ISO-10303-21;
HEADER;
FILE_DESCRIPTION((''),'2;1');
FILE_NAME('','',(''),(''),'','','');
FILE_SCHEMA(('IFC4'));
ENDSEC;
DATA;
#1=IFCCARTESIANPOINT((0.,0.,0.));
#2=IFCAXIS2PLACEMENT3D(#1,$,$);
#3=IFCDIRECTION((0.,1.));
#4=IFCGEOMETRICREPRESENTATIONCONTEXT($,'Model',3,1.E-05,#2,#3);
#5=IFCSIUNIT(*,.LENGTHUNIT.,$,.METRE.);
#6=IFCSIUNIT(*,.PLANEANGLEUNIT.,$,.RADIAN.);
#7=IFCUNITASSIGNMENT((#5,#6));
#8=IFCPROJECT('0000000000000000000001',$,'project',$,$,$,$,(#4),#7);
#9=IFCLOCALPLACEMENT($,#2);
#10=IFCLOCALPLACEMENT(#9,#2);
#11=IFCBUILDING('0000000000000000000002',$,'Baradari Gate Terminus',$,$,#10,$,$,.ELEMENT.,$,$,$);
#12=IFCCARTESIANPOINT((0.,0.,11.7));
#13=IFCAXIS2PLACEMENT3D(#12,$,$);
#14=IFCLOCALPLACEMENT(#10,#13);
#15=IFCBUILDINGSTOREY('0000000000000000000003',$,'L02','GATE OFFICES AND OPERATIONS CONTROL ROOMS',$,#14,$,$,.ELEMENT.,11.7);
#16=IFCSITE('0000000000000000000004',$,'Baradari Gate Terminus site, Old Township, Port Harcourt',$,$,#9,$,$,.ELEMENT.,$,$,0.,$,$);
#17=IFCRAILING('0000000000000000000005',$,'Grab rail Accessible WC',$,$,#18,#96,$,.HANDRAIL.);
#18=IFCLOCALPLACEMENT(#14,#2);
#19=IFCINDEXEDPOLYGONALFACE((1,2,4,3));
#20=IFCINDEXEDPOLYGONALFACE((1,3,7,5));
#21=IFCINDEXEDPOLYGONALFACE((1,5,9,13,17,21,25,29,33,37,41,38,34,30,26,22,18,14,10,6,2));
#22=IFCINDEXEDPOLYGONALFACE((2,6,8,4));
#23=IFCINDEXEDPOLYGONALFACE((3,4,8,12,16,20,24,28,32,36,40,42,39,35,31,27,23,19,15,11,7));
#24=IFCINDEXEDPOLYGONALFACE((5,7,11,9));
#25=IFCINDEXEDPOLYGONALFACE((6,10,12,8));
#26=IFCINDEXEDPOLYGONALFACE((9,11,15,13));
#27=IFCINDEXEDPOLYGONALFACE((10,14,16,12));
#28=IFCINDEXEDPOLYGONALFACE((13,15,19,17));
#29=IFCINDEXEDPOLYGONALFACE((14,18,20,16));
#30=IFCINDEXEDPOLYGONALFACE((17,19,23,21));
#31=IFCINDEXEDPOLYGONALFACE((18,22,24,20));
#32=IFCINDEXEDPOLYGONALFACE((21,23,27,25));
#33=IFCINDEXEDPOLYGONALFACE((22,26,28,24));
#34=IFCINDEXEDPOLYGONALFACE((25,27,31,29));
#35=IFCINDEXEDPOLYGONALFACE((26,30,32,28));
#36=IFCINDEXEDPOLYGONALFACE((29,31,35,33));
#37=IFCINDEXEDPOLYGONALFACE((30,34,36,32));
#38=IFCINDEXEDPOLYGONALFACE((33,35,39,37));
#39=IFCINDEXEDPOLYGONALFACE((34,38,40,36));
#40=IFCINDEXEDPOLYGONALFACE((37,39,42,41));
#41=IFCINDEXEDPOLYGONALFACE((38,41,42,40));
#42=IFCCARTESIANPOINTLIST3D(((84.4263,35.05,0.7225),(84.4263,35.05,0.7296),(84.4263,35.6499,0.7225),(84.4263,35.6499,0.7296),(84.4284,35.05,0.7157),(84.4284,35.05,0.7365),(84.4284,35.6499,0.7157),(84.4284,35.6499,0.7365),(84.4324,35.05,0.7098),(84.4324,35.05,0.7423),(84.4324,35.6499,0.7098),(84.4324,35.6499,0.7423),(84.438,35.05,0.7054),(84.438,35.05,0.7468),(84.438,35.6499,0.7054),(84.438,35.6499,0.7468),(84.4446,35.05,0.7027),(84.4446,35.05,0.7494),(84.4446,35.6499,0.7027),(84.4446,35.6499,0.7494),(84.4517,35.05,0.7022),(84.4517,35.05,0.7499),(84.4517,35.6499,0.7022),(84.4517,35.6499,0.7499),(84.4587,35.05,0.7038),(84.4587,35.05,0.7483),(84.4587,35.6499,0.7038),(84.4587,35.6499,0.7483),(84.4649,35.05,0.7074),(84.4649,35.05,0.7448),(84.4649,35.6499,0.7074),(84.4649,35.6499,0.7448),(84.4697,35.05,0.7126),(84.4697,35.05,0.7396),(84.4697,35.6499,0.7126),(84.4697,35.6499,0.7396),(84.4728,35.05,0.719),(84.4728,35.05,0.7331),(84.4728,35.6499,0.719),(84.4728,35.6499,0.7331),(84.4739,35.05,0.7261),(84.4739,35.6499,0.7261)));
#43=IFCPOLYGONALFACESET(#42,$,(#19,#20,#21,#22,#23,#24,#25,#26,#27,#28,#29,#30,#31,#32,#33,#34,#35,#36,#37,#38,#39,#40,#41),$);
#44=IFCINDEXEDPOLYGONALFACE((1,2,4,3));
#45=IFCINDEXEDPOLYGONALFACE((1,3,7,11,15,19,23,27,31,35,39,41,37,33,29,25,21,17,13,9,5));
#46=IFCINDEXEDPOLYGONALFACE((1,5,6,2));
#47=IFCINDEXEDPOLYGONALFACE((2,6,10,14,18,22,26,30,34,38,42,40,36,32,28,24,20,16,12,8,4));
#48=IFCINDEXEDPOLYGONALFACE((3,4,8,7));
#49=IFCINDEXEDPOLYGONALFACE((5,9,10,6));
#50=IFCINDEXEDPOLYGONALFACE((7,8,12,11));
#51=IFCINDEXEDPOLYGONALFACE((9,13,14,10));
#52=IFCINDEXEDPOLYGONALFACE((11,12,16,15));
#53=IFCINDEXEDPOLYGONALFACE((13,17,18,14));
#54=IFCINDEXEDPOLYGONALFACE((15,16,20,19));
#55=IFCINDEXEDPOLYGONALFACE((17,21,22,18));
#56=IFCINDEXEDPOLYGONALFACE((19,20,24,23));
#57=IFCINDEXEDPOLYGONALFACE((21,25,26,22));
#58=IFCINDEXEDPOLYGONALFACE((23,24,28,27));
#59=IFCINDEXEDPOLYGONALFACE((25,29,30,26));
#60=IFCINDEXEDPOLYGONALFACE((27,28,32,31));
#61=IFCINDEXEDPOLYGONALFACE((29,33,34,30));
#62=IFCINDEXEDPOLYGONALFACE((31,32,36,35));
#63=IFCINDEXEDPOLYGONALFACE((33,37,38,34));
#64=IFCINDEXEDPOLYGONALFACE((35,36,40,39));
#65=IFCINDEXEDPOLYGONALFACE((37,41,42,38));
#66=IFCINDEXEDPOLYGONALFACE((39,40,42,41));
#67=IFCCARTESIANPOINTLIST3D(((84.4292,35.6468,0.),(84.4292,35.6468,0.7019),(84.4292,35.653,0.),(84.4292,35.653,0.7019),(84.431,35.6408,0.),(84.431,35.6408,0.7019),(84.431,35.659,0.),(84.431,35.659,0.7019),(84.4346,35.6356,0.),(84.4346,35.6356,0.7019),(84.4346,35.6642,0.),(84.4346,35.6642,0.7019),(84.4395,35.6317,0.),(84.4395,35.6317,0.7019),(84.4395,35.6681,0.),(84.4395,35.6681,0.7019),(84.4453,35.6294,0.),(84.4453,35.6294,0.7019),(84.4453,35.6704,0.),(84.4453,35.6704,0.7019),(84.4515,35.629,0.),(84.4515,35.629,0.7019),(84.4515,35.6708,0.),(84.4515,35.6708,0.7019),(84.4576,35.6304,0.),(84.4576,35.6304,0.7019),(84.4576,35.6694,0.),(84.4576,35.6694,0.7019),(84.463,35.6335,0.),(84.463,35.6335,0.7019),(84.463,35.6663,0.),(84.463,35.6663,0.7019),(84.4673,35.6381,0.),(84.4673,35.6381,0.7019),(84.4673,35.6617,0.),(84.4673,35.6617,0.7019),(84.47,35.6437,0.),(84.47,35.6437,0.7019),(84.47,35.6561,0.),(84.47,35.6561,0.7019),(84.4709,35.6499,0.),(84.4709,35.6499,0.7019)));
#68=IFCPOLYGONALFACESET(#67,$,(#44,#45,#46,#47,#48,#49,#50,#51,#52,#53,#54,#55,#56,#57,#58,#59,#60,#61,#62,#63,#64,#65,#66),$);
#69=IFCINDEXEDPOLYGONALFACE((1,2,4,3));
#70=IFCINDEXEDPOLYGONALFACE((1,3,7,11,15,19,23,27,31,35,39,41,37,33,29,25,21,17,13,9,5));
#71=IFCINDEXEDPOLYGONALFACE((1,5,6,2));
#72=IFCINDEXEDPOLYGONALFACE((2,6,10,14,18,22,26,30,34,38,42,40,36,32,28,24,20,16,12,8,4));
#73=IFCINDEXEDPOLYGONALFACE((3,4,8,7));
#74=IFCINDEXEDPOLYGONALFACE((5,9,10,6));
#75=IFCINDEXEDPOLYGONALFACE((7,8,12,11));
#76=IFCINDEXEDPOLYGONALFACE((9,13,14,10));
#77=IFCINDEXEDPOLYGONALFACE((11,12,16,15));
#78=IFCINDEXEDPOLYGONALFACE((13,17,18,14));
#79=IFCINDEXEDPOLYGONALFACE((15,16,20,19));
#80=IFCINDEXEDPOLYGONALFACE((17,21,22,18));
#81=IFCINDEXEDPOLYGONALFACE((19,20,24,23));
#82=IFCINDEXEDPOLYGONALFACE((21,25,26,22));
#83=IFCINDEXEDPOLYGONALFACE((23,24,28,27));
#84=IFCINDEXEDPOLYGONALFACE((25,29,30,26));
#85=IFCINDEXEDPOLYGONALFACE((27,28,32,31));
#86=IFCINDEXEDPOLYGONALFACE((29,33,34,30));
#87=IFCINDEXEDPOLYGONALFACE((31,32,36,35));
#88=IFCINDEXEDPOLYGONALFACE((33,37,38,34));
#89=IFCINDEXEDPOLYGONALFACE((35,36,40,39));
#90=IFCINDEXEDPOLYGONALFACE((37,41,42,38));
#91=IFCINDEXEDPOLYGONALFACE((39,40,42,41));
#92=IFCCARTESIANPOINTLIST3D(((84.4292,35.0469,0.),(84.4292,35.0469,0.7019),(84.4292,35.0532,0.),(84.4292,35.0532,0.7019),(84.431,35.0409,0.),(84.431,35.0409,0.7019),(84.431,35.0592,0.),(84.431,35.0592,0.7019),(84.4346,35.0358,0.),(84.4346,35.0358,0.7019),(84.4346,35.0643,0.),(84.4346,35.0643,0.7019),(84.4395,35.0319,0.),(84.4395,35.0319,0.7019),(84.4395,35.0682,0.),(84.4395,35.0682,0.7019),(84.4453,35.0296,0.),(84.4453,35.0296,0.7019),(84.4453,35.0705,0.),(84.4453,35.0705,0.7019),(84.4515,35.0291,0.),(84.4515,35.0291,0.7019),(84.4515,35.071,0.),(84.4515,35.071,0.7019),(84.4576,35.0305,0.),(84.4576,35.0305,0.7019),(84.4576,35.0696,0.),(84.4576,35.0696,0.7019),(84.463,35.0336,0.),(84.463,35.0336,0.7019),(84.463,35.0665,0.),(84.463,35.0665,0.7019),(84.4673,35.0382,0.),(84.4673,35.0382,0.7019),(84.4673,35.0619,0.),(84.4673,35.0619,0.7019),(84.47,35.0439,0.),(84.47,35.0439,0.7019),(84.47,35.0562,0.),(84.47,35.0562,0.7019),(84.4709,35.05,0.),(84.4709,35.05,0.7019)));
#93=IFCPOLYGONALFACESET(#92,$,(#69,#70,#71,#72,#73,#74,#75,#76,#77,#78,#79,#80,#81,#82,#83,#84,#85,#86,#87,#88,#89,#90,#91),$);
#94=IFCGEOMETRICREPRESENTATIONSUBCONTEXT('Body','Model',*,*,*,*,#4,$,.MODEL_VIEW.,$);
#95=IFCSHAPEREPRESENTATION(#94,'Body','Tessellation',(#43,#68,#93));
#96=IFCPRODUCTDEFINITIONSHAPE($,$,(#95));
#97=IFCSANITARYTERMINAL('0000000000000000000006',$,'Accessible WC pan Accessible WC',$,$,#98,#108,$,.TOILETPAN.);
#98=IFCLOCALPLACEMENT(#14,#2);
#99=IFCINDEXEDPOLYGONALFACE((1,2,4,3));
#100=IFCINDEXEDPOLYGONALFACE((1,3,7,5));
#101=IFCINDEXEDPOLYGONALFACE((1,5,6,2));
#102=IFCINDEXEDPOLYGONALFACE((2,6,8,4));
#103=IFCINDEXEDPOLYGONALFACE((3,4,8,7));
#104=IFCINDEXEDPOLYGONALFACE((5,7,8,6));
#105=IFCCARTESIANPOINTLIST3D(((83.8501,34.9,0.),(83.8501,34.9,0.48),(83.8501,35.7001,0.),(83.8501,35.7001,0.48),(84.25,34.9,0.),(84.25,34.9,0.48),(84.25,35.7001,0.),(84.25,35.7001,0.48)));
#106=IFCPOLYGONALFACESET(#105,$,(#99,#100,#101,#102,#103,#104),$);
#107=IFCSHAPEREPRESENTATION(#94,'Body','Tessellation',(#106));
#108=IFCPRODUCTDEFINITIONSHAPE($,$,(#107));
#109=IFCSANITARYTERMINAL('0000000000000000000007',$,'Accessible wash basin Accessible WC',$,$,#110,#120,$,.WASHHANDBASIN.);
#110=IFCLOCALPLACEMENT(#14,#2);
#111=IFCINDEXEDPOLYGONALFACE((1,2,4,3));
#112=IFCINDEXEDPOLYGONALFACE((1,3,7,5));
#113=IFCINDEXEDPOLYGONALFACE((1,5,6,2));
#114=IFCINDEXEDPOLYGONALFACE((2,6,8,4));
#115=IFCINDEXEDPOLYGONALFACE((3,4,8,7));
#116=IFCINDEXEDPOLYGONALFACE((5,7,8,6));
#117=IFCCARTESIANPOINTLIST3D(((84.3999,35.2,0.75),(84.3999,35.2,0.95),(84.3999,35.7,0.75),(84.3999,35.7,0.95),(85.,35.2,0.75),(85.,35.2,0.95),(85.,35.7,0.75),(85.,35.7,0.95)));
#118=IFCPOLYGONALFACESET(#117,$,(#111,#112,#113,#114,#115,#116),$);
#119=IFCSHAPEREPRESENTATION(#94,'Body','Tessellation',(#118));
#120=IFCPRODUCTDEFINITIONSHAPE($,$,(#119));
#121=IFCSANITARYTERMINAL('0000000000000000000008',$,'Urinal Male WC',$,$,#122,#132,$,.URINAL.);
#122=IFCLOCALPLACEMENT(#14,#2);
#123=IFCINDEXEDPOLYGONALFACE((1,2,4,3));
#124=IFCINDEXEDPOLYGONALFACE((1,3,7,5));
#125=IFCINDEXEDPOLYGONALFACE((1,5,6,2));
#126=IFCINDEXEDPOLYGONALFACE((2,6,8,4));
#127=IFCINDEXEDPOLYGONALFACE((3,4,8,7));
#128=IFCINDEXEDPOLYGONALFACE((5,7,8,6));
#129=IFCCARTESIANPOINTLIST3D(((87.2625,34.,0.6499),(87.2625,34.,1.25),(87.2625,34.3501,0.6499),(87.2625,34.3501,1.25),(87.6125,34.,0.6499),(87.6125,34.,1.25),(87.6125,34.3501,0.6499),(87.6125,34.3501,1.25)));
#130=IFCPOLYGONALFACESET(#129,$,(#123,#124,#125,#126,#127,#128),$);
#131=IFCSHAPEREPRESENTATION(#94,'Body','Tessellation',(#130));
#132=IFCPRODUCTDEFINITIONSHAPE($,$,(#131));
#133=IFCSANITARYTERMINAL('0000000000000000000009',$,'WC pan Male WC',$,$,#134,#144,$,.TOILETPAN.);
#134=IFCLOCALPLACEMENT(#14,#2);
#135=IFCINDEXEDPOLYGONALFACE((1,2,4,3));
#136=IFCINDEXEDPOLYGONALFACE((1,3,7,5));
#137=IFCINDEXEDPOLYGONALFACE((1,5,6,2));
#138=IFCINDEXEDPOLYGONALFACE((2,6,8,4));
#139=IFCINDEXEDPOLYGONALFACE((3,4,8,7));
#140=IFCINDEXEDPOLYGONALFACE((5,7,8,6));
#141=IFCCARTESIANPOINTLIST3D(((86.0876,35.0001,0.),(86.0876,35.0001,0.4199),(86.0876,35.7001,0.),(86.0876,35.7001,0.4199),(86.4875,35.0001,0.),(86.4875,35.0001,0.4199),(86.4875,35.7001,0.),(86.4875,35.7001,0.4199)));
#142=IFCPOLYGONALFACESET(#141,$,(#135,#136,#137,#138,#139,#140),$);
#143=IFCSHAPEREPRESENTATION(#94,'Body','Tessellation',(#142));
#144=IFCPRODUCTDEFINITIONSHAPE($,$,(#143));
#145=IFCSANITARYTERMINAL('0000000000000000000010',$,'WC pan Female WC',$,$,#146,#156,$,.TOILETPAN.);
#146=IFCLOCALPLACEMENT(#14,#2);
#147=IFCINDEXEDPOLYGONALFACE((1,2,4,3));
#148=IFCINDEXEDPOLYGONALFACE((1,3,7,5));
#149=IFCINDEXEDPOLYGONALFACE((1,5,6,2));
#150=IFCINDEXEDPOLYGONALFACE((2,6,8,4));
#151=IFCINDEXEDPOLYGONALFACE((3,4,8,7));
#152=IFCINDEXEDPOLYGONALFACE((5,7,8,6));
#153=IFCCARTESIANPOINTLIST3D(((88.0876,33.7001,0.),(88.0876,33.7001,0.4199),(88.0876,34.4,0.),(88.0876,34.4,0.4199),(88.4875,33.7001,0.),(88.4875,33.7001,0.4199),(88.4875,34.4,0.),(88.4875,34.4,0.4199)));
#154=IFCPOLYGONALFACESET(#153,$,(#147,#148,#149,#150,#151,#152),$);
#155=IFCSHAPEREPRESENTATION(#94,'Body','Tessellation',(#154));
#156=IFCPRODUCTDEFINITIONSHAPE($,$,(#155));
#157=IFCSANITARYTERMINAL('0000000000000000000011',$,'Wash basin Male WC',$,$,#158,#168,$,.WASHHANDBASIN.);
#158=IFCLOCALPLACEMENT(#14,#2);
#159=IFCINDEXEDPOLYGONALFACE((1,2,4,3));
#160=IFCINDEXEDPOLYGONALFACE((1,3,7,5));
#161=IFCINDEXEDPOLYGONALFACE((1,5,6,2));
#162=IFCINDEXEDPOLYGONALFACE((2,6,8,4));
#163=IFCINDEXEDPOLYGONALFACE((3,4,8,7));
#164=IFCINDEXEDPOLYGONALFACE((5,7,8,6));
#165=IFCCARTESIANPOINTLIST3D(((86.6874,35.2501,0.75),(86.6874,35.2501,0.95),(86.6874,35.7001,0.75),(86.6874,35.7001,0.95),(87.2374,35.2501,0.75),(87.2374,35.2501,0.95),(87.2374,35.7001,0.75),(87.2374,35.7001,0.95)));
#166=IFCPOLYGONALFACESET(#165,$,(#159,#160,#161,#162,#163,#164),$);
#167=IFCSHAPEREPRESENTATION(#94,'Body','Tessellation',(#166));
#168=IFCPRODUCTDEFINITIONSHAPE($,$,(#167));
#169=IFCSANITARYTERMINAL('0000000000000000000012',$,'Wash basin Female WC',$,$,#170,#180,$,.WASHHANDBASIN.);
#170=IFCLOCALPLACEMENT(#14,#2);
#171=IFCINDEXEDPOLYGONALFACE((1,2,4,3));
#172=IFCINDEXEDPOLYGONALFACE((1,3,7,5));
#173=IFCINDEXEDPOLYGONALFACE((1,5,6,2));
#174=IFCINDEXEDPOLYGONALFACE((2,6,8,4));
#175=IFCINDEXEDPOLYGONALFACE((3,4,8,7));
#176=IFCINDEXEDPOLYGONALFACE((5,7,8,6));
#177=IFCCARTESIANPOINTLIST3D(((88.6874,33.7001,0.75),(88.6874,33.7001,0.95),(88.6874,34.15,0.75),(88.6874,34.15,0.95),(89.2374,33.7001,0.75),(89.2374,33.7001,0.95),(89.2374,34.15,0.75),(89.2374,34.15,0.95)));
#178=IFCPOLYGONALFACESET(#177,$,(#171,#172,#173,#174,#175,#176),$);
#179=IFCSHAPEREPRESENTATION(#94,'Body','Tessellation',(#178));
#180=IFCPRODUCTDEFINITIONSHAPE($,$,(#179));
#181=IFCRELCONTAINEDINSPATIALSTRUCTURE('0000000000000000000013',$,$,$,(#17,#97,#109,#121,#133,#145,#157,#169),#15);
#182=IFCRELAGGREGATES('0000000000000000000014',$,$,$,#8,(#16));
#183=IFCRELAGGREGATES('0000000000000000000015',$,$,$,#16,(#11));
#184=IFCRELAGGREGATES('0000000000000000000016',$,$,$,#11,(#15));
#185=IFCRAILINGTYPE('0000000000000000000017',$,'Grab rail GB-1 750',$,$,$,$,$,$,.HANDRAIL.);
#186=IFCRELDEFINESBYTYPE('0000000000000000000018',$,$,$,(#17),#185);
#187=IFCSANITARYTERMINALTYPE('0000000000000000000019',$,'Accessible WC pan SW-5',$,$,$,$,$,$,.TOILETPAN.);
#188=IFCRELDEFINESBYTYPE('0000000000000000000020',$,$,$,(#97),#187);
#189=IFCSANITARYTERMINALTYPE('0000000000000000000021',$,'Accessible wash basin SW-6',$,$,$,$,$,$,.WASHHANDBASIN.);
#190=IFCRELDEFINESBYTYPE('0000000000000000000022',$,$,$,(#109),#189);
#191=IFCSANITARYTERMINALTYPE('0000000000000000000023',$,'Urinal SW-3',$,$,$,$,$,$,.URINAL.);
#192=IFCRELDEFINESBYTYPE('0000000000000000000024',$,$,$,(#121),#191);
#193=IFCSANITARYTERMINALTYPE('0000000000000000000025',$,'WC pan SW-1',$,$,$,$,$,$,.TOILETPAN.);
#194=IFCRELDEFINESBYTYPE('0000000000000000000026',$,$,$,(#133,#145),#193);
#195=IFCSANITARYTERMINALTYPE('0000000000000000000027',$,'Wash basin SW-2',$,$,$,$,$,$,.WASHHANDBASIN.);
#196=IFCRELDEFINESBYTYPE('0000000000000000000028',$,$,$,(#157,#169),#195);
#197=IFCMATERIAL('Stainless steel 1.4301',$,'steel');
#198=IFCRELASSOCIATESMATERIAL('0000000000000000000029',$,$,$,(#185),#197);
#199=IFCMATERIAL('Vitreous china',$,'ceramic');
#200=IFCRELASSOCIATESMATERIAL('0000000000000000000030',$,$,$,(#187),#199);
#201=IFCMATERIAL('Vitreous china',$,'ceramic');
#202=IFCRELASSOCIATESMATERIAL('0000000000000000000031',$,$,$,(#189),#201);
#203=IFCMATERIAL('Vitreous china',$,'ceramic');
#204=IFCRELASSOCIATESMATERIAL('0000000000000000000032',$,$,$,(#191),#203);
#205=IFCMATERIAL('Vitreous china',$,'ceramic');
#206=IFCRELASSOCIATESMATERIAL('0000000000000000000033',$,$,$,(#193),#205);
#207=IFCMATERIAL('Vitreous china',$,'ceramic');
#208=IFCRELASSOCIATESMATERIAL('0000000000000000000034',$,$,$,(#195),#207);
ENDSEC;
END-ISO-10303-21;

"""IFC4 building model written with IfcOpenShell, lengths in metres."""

from ifc_helpers import new_model, si_unit, direction, frame, origin, origin_2d, place, context, subcontext, project, spatial, rectangle, circle, extrude, material, type_object, element, save


model = new_model("IFC4")

# Units and contexts
model_context = context("Model", 3, precision=1e-05, world=origin(), true_north=direction((0.0, 1.0)))
body_context = subcontext(model_context, "Body", "Model", "MODEL_VIEW")
ifc_project = project(units=[si_unit("LENGTHUNIT", "METRE"), si_unit("PLANEANGLEUNIT", "RADIAN")], contexts=[model_context])

# Site, building, storey
site_placement = place(None, origin())
site = spatial("IfcSite", under=ifc_project, at=site_placement, Name="Baradari Gate Terminus site, Old Township, Port Harcourt", CompositionType="ELEMENT", RefElevation=0.0)
building_placement = place(site_placement, origin())
building = spatial("IfcBuilding", under=site, at=building_placement, Name="Baradari Gate Terminus", CompositionType="ELEMENT")
storey_placement = place(building_placement, frame((0.0, 0.0, 11.7)))
storey = spatial("IfcBuildingStorey", under=building, at=storey_placement, Name="L02", Description="GATE OFFICES AND OPERATIONS CONTROL ROOMS", CompositionType="ELEMENT", Elevation=11.7)

# Railing
ifc_material_1 = material(Name="Stainless steel 1.4301", Category="steel")
railing_type = type_object("IfcRailingType", Name="Grab rail GB-1 750", PredefinedType="HANDRAIL", material=ifc_material_1)
for number, where, name in (
    (1, (84.45, 35.6499, 0.0), "Grab rail Accessible WC"),
):
    element("IfcRailing", number, at=place(storey_placement, frame(where)), inside=storey, type_object=railing_type, Name=name, PredefinedType="HANDRAIL", context=body_context, shape_type="SweptSolid", body=[
        extrude(circle(Radius=0.0239, at=origin_2d()), frame((0.0, 0.0, 0.7261), z_axis=(0.0, -1.0, 0.0), x_axis=(1.0, 0.0, 0.0)), (0.0, 0.0, 1.0), 0.5999),
        extrude(circle(Radius=0.021, at=origin_2d()), origin(), (0.0, 0.0, 1.0), 0.7019),
        extrude(circle(Radius=0.021, at=origin_2d()), frame((0.0, -0.5999, 0.0)), (0.0, 0.0, 1.0), 0.7019),
    ])

# Sanitary terminals
ifc_material_2 = material(Name="Vitreous china", Category="ceramic")
sanitary_terminal_type_1 = type_object("IfcSanitaryTerminalType", Name="Accessible WC pan SW-5", PredefinedType="TOILETPAN", material=ifc_material_2)
sanitary_terminal_1_placement = place(storey_placement, frame((84.05, 35.3, 0.0), z_axis=(0.0, 0.0, 1.0), x_axis=(1.0, 0.0, 0.0)))
element("IfcSanitaryTerminal", 2, at=sanitary_terminal_1_placement, inside=storey, type_object=sanitary_terminal_type_1, Name="Accessible WC pan Accessible WC", PredefinedType="TOILETPAN", context=body_context, shape_type="SweptSolid", body=[
    extrude(rectangle(XDim=0.3999, YDim=0.8, at=origin_2d()), origin(), (0.0, 0.0, 1.0), 0.48),
])
ifc_material_3 = material(Name="Vitreous china", Category="ceramic")
sanitary_terminal_type_2 = type_object("IfcSanitaryTerminalType", Name="Accessible wash basin SW-6", PredefinedType="WASHHANDBASIN", material=ifc_material_3)
sanitary_terminal_2_placement = place(storey_placement, frame((84.7, 35.45, 0.75), z_axis=(0.0, 0.0, 1.0), x_axis=(1.0, 0.0, 0.0)))
element("IfcSanitaryTerminal", 3, at=sanitary_terminal_2_placement, inside=storey, type_object=sanitary_terminal_type_2, Name="Accessible wash basin Accessible WC", PredefinedType="WASHHANDBASIN", context=body_context, shape_type="SweptSolid", body=[
    extrude(rectangle(XDim=0.6001, YDim=0.5, at=origin_2d()), origin(), (0.0, 0.0, 1.0), 0.2),
])
ifc_material_4 = material(Name="Vitreous china", Category="ceramic")
sanitary_terminal_type_3 = type_object("IfcSanitaryTerminalType", Name="Urinal SW-3", PredefinedType="URINAL", material=ifc_material_4)
sanitary_terminal_3_placement = place(storey_placement, frame((87.4375, 34.175, 0.6499), z_axis=(0.0, 0.0, 1.0), x_axis=(1.0, 0.0, 0.0)))
element("IfcSanitaryTerminal", 4, at=sanitary_terminal_3_placement, inside=storey, type_object=sanitary_terminal_type_3, Name="Urinal Male WC", PredefinedType="URINAL", context=body_context, shape_type="SweptSolid", body=[
    extrude(rectangle(XDim=0.3501, YDim=0.3501, at=origin_2d()), origin(), (0.0, 0.0, 1.0), 0.6001),
])
ifc_material_5 = material(Name="Vitreous china", Category="ceramic")
sanitary_terminal_type_4 = type_object("IfcSanitaryTerminalType", Name="WC pan SW-1", PredefinedType="TOILETPAN", material=ifc_material_5)
for number, where, z_axis, x_axis, name in (
    (5, (86.2876, 35.3501, 0.0), (0.0, 0.0, 1.0), (1.0, 0.0, 0.0), "WC pan Male WC"),
    (6, (88.2876, 34.05, 0.0), (0.0, 0.0, 1.0), (1.0, 0.0, 0.0), "WC pan Female WC"),
):
    element("IfcSanitaryTerminal", number, at=place(storey_placement, frame(where, z_axis=z_axis, x_axis=x_axis)), inside=storey, type_object=sanitary_terminal_type_4, Name=name, PredefinedType="TOILETPAN", context=body_context, shape_type="SweptSolid", body=[
        extrude(rectangle(XDim=0.3999, YDim=0.7, at=origin_2d()), origin(), (0.0, 0.0, 1.0), 0.4199),
    ])
ifc_material_6 = material(Name="Vitreous china", Category="ceramic")
sanitary_terminal_type_5 = type_object("IfcSanitaryTerminalType", Name="Wash basin SW-2", PredefinedType="WASHHANDBASIN", material=ifc_material_6)
for number, where, z_axis, x_axis, name in (
    (7, (86.9624, 35.4751, 0.75), (0.0, 0.0, 1.0), (1.0, 0.0, 0.0), "Wash basin Male WC"),
    (8, (88.9624, 33.925, 0.75), (0.0, 0.0, 1.0), (1.0, 0.0, 0.0), "Wash basin Female WC"),
):
    element("IfcSanitaryTerminal", number, at=place(storey_placement, frame(where, z_axis=z_axis, x_axis=x_axis)), inside=storey, type_object=sanitary_terminal_type_5, Name=name, PredefinedType="WASHHANDBASIN", context=body_context, shape_type="SweptSolid", body=[
        extrude(rectangle(XDim=0.55, YDim=0.45, at=origin_2d()), origin(), (0.0, 0.0, 1.0), 0.2),
    ])

save(model, "model.ifc")
